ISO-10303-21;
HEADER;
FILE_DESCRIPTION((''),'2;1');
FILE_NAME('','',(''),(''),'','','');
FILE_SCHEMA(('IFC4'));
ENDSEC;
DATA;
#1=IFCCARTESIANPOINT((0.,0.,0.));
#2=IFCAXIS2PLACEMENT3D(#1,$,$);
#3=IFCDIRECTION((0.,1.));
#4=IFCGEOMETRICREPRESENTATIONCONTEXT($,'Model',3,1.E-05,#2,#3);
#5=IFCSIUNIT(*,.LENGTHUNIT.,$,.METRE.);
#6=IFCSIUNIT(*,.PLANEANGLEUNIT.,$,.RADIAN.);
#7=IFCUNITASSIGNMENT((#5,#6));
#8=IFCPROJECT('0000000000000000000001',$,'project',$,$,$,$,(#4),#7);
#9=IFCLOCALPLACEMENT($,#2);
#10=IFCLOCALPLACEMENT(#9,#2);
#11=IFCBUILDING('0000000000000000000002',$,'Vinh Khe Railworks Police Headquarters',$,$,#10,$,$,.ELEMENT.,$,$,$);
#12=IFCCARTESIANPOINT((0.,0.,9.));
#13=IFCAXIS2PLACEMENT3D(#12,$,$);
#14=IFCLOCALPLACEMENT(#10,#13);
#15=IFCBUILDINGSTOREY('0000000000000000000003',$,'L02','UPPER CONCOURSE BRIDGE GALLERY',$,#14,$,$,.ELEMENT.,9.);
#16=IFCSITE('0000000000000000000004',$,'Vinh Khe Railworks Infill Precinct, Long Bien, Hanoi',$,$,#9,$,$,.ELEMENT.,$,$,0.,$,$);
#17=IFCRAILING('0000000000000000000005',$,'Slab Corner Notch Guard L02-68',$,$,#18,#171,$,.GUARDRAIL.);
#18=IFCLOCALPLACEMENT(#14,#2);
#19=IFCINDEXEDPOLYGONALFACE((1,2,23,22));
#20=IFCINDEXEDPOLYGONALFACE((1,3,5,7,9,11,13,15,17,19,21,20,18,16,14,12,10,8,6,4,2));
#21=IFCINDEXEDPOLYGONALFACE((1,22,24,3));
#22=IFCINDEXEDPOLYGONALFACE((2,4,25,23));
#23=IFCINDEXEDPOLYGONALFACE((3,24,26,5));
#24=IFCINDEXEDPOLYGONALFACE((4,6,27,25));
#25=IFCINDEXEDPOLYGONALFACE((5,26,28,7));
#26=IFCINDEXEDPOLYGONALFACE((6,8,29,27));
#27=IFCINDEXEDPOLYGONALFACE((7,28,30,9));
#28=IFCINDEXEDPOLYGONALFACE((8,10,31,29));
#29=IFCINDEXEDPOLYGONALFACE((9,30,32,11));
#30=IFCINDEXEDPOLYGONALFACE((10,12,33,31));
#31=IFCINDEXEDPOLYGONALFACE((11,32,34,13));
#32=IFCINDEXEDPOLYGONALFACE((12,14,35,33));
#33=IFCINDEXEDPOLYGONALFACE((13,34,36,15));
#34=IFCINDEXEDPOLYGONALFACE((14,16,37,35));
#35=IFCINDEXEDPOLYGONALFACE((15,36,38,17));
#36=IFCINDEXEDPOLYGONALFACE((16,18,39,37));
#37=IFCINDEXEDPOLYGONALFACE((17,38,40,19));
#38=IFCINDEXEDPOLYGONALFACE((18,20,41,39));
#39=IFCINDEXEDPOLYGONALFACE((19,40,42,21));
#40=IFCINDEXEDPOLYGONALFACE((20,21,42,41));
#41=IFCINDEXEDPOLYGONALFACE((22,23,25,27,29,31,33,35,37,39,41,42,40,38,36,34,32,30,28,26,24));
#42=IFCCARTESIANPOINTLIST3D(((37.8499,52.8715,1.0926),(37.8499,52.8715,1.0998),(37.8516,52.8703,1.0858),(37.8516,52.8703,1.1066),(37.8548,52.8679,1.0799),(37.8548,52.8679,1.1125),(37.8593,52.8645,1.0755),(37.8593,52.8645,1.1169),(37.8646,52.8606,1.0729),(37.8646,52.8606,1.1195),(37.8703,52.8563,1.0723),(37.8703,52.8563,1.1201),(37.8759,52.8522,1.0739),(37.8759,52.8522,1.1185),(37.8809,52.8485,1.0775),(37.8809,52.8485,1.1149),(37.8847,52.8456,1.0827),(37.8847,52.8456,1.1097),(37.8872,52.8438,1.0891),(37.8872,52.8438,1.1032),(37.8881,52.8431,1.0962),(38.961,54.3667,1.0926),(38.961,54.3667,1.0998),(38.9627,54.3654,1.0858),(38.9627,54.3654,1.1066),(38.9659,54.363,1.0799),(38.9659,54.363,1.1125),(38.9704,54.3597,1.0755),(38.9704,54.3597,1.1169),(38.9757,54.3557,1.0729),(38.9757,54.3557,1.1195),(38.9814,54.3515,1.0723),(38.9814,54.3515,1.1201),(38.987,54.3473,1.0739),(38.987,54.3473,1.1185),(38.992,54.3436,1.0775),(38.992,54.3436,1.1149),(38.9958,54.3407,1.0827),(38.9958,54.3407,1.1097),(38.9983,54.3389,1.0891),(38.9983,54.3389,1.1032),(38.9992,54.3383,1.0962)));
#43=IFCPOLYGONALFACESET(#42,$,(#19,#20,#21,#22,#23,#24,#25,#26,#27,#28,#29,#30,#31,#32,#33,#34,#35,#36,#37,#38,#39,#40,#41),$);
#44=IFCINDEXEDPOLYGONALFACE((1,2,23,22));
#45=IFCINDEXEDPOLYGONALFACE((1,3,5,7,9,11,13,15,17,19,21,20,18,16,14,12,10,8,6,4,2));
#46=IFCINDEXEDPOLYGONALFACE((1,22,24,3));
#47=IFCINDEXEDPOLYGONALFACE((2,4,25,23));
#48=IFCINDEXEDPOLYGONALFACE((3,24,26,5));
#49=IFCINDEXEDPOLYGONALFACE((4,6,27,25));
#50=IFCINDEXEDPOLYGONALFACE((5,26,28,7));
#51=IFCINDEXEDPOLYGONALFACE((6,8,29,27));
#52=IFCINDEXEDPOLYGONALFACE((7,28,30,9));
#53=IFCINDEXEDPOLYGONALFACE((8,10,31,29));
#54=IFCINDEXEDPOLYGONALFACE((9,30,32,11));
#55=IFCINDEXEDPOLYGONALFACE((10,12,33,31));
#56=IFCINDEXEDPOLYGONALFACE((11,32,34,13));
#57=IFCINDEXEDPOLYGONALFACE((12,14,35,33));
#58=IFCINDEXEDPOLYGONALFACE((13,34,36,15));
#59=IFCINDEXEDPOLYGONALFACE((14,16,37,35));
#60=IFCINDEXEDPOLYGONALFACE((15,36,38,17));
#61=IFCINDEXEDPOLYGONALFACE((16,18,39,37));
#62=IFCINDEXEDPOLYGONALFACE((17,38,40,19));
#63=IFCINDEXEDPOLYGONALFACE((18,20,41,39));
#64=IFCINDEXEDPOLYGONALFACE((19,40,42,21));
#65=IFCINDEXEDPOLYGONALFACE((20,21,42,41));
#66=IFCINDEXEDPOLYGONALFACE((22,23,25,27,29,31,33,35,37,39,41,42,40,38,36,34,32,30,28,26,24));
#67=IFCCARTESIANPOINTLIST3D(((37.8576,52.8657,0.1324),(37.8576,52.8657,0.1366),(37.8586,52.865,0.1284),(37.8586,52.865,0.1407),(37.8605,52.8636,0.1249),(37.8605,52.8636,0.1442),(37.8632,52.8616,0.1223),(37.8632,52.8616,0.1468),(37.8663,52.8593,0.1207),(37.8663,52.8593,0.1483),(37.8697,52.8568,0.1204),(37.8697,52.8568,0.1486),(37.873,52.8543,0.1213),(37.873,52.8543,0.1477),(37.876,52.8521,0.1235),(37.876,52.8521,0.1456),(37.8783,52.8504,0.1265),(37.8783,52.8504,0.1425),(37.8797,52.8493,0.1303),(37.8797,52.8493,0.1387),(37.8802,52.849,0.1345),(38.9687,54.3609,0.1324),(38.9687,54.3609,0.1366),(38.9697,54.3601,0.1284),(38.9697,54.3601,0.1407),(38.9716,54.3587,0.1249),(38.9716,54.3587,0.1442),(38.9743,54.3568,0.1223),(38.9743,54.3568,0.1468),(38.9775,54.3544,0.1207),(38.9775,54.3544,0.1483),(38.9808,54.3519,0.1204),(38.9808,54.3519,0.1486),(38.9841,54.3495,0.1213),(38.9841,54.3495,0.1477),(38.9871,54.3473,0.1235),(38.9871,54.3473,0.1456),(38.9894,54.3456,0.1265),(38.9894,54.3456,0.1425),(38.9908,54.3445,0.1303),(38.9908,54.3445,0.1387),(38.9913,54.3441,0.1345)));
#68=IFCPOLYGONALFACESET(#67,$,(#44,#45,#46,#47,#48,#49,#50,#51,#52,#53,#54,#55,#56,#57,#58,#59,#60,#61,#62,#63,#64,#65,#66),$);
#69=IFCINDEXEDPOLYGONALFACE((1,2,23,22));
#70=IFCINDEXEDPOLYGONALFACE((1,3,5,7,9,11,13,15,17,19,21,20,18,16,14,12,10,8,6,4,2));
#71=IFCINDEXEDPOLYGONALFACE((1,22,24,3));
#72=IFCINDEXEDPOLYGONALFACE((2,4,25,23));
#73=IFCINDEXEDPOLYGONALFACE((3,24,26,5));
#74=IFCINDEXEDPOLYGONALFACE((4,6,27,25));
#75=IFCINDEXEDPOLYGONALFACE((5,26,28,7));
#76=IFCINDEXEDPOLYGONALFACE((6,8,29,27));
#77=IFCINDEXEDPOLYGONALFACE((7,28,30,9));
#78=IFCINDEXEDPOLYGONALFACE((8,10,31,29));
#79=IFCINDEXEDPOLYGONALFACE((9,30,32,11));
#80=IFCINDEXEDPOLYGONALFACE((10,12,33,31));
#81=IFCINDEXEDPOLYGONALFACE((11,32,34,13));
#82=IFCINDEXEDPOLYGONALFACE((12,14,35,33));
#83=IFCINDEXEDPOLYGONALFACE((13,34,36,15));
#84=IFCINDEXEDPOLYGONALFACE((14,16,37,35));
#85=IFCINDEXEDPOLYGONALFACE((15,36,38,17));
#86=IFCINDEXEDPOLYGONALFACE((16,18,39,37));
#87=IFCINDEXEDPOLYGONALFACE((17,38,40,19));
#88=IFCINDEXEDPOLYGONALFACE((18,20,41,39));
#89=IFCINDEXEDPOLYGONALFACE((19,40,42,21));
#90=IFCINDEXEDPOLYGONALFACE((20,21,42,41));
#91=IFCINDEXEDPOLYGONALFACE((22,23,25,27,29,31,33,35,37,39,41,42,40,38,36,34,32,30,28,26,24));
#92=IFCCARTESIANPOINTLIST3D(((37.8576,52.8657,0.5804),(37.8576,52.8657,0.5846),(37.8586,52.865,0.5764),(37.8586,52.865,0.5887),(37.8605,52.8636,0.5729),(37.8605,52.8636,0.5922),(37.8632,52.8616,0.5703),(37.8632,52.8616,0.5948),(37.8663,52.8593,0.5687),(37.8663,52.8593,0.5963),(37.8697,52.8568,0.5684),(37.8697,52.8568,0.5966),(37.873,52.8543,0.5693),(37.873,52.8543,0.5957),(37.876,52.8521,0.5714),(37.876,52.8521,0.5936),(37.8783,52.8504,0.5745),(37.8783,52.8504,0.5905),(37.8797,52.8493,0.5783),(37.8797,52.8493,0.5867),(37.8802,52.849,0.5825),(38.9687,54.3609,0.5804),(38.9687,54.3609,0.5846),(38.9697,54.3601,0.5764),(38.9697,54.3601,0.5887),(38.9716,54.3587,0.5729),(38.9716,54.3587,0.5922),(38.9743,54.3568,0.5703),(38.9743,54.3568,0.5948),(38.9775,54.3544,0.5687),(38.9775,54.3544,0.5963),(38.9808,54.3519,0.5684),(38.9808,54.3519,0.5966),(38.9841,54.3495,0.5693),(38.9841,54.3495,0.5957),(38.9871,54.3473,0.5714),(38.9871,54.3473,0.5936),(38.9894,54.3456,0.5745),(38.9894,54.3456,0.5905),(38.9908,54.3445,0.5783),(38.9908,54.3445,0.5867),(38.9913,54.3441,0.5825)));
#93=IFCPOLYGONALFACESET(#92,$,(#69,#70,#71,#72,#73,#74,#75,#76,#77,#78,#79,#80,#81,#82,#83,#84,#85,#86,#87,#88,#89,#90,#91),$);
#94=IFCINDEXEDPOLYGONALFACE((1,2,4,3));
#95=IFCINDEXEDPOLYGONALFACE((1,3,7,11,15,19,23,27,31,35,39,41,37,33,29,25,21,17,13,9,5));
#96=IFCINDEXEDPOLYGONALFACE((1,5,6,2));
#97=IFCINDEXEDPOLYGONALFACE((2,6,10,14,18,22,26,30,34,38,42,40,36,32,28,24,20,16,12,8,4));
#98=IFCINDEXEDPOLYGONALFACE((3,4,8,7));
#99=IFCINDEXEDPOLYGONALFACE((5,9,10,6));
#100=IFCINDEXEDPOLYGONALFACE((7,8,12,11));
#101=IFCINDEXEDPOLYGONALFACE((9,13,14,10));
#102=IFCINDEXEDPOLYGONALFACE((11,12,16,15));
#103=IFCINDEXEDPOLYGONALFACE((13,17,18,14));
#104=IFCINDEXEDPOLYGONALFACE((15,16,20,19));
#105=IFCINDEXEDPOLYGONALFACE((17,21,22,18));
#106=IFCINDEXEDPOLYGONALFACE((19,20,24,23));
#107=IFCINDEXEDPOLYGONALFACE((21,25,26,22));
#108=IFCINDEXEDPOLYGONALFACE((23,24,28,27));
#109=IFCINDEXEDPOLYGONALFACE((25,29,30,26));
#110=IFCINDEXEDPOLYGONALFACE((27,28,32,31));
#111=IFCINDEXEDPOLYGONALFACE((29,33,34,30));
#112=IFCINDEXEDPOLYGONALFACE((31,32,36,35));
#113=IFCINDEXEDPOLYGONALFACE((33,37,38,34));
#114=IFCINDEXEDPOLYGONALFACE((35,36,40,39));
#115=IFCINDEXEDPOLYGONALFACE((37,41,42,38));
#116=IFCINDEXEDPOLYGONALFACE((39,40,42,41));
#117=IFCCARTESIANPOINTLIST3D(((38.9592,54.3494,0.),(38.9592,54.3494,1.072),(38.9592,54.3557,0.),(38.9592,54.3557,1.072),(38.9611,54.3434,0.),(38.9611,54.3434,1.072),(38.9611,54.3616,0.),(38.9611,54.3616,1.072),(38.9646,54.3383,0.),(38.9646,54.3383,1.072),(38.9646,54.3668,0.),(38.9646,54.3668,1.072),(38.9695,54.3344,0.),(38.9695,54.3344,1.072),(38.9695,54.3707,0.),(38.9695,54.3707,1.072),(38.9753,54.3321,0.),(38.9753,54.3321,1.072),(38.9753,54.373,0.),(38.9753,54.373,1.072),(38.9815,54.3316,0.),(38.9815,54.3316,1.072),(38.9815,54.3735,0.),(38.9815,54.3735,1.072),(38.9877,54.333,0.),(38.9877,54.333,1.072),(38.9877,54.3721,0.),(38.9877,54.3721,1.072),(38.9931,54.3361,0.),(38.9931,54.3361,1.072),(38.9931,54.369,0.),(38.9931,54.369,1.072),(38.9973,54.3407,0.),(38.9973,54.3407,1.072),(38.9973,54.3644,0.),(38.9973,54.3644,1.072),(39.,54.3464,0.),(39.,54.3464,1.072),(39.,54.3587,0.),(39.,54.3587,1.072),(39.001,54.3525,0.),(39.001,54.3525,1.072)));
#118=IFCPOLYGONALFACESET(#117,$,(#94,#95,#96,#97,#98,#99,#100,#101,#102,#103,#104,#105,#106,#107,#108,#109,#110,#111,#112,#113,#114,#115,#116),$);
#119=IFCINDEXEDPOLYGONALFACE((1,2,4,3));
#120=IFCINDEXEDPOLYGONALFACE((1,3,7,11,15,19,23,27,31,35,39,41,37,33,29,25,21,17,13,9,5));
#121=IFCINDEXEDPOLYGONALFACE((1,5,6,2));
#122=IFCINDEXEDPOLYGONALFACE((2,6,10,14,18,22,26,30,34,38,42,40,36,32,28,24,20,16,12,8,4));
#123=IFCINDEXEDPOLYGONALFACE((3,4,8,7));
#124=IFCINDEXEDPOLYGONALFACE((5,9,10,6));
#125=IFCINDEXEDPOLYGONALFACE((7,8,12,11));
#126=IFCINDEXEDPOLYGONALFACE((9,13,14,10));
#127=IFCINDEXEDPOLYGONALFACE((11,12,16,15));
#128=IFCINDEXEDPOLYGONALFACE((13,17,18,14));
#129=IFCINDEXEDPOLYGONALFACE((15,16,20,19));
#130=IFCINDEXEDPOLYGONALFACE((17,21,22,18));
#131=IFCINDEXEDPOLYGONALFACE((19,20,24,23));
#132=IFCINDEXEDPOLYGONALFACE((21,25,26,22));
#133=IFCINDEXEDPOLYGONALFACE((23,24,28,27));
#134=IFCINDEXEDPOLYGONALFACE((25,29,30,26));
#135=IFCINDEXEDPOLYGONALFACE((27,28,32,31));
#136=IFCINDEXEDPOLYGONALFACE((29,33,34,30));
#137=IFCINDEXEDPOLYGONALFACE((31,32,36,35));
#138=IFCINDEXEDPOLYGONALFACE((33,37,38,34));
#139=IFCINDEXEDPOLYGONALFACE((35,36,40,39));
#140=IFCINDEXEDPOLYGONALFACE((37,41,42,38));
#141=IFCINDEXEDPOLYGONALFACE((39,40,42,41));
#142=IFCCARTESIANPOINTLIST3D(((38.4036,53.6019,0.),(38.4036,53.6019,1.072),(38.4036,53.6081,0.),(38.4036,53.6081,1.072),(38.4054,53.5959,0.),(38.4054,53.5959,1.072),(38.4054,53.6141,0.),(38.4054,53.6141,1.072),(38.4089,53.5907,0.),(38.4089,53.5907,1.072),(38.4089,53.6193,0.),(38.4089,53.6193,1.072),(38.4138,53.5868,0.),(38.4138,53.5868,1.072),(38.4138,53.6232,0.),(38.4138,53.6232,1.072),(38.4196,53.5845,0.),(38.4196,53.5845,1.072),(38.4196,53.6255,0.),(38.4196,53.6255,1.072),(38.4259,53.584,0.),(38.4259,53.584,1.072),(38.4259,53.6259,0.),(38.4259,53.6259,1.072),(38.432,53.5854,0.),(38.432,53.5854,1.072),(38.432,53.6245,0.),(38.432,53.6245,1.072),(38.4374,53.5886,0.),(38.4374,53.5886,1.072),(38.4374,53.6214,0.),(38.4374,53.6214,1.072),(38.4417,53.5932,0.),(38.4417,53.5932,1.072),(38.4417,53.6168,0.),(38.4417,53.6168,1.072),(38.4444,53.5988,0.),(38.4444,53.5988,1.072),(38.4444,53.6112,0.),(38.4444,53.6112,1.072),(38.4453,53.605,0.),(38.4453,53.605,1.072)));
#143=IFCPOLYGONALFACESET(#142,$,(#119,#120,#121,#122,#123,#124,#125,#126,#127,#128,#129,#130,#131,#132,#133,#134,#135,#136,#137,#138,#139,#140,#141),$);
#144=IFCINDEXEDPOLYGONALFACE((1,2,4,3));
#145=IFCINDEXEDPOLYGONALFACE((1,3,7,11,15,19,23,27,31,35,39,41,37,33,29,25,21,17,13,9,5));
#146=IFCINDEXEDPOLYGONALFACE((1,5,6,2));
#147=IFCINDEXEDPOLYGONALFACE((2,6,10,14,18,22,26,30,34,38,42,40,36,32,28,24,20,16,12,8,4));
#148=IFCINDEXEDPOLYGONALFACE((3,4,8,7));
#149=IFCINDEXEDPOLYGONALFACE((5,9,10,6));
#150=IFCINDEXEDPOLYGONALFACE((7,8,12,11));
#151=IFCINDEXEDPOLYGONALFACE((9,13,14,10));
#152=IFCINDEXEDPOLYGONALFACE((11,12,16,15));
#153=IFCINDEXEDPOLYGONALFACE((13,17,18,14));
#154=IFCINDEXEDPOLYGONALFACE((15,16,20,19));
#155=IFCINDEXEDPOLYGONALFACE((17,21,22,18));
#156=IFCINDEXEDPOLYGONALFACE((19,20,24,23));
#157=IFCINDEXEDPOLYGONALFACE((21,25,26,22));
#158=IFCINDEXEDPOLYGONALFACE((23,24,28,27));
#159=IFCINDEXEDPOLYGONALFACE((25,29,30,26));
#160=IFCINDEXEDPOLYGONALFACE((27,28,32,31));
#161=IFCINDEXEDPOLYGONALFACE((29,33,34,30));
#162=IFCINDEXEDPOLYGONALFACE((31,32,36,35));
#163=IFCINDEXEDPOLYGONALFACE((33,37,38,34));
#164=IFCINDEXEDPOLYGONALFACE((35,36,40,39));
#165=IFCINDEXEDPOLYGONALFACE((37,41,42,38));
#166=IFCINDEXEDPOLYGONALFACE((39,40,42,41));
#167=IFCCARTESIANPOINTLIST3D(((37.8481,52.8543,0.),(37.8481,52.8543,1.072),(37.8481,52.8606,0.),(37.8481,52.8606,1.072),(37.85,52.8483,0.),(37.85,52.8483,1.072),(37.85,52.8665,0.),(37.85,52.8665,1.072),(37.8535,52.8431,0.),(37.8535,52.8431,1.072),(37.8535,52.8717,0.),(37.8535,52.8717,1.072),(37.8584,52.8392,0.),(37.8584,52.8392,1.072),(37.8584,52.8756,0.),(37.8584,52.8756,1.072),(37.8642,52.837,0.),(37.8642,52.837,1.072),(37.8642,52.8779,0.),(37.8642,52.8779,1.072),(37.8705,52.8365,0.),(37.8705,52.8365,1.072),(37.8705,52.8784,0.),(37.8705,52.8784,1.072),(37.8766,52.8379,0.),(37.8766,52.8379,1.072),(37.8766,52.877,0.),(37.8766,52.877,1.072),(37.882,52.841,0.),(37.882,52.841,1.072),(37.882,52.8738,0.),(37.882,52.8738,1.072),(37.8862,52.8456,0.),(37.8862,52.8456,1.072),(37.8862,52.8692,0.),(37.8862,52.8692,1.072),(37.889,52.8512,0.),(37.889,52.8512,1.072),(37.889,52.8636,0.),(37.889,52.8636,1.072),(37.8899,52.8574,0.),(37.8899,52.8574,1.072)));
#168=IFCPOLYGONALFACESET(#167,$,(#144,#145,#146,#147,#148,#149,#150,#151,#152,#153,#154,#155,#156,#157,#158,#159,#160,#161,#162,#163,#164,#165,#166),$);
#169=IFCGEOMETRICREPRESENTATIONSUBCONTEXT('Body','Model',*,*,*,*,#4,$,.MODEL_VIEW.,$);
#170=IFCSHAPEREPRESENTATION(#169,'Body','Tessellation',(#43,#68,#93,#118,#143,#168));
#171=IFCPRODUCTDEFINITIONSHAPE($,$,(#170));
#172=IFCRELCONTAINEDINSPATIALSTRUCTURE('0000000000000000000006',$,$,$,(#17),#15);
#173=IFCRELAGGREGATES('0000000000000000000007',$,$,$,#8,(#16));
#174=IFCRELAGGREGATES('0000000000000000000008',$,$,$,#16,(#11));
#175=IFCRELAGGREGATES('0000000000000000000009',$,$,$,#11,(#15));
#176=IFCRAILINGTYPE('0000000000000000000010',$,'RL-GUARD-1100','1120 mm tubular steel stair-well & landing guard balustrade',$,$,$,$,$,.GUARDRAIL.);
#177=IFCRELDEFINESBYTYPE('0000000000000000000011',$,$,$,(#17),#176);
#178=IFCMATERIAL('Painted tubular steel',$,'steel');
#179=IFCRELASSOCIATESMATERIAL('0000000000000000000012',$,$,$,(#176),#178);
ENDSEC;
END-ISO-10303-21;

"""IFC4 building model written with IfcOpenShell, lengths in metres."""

from ifc_helpers import new_model, si_unit, direction, frame, origin, origin_2d, place, context, subcontext, project, spatial, circle, extrude, material, type_object, element, save


model = new_model("IFC4")

# Units and contexts
model_context = context("Model", 3, precision=1e-05, world=origin(), true_north=direction((0.0, 1.0)))
body_context = subcontext(model_context, "Body", "Model", "MODEL_VIEW")
ifc_project = project(units=[si_unit("LENGTHUNIT", "METRE"), si_unit("PLANEANGLEUNIT", "RADIAN")], contexts=[model_context])

# Site, building, storey
site_placement = place(None, origin())
site = spatial("IfcSite", under=ifc_project, at=site_placement, Name="Vinh Khe Railworks Infill Precinct, Long Bien, Hanoi", CompositionType="ELEMENT", RefElevation=0.0)
building_placement = place(site_placement, origin())
building = spatial("IfcBuilding", under=site, at=building_placement, Name="Vinh Khe Railworks Police Headquarters", CompositionType="ELEMENT")
storey_placement = place(building_placement, frame((0.0, 0.0, 9.0)))
storey = spatial("IfcBuildingStorey", under=building, at=storey_placement, Name="L02", Description="UPPER CONCOURSE BRIDGE GALLERY", CompositionType="ELEMENT", Elevation=9.0)

# Railing
ifc_material_1 = material(Name="Painted tubular steel", Category="steel")
railing_type = type_object("IfcRailingType", Name="RL-GUARD-1100", Description="1120 mm tubular steel stair-well & landing guard balustrade", PredefinedType="GUARDRAIL", material=ifc_material_1)
railing_placement = place(storey_placement, frame((38.98, 54.3525, 0.0)))
element("IfcRailing", 1, at=railing_placement, inside=storey, type_object=railing_type, Name="Slab Corner Notch Guard L02-68", PredefinedType="GUARDRAIL", context=body_context, shape_type="SweptSolid", body=[
    extrude(circle(Radius=0.0239, at=origin_2d()), frame((0.0, 0.0, 1.0962), z_axis=(-0.596471, -0.802634, 0.0), x_axis=(0.802634, -0.596471, 0.0)), (0.0, 0.0, 1.0), 1.8628),
    extrude(circle(Radius=0.0142, at=origin_2d()), frame((0.0, 0.0, 0.1345), z_axis=(-0.596471, -0.802634, 0.0), x_axis=(0.802634, -0.596471, 0.0)), (0.0, 0.0, 1.0), 1.8628),
    extrude(circle(Radius=0.0142, at=origin_2d()), frame((0.0, 0.0, 0.5825), z_axis=(-0.596471, -0.802634, 0.0), x_axis=(0.802634, -0.596471, 0.0)), (0.0, 0.0, 1.0), 1.8628),
    extrude(circle(Radius=0.021, at=origin_2d()), origin(), (0.0, 0.0, 1.0), 1.072),
    extrude(circle(Radius=0.021, at=origin_2d()), frame((-0.5557, -0.7476, 0.0)), (0.0, 0.0, 1.0), 1.072),
    extrude(circle(Radius=0.021, at=origin_2d()), frame((-1.1111, -1.4951, 0.0)), (0.0, 0.0, 1.0), 1.072),
])

save(model, "model.ifc")
